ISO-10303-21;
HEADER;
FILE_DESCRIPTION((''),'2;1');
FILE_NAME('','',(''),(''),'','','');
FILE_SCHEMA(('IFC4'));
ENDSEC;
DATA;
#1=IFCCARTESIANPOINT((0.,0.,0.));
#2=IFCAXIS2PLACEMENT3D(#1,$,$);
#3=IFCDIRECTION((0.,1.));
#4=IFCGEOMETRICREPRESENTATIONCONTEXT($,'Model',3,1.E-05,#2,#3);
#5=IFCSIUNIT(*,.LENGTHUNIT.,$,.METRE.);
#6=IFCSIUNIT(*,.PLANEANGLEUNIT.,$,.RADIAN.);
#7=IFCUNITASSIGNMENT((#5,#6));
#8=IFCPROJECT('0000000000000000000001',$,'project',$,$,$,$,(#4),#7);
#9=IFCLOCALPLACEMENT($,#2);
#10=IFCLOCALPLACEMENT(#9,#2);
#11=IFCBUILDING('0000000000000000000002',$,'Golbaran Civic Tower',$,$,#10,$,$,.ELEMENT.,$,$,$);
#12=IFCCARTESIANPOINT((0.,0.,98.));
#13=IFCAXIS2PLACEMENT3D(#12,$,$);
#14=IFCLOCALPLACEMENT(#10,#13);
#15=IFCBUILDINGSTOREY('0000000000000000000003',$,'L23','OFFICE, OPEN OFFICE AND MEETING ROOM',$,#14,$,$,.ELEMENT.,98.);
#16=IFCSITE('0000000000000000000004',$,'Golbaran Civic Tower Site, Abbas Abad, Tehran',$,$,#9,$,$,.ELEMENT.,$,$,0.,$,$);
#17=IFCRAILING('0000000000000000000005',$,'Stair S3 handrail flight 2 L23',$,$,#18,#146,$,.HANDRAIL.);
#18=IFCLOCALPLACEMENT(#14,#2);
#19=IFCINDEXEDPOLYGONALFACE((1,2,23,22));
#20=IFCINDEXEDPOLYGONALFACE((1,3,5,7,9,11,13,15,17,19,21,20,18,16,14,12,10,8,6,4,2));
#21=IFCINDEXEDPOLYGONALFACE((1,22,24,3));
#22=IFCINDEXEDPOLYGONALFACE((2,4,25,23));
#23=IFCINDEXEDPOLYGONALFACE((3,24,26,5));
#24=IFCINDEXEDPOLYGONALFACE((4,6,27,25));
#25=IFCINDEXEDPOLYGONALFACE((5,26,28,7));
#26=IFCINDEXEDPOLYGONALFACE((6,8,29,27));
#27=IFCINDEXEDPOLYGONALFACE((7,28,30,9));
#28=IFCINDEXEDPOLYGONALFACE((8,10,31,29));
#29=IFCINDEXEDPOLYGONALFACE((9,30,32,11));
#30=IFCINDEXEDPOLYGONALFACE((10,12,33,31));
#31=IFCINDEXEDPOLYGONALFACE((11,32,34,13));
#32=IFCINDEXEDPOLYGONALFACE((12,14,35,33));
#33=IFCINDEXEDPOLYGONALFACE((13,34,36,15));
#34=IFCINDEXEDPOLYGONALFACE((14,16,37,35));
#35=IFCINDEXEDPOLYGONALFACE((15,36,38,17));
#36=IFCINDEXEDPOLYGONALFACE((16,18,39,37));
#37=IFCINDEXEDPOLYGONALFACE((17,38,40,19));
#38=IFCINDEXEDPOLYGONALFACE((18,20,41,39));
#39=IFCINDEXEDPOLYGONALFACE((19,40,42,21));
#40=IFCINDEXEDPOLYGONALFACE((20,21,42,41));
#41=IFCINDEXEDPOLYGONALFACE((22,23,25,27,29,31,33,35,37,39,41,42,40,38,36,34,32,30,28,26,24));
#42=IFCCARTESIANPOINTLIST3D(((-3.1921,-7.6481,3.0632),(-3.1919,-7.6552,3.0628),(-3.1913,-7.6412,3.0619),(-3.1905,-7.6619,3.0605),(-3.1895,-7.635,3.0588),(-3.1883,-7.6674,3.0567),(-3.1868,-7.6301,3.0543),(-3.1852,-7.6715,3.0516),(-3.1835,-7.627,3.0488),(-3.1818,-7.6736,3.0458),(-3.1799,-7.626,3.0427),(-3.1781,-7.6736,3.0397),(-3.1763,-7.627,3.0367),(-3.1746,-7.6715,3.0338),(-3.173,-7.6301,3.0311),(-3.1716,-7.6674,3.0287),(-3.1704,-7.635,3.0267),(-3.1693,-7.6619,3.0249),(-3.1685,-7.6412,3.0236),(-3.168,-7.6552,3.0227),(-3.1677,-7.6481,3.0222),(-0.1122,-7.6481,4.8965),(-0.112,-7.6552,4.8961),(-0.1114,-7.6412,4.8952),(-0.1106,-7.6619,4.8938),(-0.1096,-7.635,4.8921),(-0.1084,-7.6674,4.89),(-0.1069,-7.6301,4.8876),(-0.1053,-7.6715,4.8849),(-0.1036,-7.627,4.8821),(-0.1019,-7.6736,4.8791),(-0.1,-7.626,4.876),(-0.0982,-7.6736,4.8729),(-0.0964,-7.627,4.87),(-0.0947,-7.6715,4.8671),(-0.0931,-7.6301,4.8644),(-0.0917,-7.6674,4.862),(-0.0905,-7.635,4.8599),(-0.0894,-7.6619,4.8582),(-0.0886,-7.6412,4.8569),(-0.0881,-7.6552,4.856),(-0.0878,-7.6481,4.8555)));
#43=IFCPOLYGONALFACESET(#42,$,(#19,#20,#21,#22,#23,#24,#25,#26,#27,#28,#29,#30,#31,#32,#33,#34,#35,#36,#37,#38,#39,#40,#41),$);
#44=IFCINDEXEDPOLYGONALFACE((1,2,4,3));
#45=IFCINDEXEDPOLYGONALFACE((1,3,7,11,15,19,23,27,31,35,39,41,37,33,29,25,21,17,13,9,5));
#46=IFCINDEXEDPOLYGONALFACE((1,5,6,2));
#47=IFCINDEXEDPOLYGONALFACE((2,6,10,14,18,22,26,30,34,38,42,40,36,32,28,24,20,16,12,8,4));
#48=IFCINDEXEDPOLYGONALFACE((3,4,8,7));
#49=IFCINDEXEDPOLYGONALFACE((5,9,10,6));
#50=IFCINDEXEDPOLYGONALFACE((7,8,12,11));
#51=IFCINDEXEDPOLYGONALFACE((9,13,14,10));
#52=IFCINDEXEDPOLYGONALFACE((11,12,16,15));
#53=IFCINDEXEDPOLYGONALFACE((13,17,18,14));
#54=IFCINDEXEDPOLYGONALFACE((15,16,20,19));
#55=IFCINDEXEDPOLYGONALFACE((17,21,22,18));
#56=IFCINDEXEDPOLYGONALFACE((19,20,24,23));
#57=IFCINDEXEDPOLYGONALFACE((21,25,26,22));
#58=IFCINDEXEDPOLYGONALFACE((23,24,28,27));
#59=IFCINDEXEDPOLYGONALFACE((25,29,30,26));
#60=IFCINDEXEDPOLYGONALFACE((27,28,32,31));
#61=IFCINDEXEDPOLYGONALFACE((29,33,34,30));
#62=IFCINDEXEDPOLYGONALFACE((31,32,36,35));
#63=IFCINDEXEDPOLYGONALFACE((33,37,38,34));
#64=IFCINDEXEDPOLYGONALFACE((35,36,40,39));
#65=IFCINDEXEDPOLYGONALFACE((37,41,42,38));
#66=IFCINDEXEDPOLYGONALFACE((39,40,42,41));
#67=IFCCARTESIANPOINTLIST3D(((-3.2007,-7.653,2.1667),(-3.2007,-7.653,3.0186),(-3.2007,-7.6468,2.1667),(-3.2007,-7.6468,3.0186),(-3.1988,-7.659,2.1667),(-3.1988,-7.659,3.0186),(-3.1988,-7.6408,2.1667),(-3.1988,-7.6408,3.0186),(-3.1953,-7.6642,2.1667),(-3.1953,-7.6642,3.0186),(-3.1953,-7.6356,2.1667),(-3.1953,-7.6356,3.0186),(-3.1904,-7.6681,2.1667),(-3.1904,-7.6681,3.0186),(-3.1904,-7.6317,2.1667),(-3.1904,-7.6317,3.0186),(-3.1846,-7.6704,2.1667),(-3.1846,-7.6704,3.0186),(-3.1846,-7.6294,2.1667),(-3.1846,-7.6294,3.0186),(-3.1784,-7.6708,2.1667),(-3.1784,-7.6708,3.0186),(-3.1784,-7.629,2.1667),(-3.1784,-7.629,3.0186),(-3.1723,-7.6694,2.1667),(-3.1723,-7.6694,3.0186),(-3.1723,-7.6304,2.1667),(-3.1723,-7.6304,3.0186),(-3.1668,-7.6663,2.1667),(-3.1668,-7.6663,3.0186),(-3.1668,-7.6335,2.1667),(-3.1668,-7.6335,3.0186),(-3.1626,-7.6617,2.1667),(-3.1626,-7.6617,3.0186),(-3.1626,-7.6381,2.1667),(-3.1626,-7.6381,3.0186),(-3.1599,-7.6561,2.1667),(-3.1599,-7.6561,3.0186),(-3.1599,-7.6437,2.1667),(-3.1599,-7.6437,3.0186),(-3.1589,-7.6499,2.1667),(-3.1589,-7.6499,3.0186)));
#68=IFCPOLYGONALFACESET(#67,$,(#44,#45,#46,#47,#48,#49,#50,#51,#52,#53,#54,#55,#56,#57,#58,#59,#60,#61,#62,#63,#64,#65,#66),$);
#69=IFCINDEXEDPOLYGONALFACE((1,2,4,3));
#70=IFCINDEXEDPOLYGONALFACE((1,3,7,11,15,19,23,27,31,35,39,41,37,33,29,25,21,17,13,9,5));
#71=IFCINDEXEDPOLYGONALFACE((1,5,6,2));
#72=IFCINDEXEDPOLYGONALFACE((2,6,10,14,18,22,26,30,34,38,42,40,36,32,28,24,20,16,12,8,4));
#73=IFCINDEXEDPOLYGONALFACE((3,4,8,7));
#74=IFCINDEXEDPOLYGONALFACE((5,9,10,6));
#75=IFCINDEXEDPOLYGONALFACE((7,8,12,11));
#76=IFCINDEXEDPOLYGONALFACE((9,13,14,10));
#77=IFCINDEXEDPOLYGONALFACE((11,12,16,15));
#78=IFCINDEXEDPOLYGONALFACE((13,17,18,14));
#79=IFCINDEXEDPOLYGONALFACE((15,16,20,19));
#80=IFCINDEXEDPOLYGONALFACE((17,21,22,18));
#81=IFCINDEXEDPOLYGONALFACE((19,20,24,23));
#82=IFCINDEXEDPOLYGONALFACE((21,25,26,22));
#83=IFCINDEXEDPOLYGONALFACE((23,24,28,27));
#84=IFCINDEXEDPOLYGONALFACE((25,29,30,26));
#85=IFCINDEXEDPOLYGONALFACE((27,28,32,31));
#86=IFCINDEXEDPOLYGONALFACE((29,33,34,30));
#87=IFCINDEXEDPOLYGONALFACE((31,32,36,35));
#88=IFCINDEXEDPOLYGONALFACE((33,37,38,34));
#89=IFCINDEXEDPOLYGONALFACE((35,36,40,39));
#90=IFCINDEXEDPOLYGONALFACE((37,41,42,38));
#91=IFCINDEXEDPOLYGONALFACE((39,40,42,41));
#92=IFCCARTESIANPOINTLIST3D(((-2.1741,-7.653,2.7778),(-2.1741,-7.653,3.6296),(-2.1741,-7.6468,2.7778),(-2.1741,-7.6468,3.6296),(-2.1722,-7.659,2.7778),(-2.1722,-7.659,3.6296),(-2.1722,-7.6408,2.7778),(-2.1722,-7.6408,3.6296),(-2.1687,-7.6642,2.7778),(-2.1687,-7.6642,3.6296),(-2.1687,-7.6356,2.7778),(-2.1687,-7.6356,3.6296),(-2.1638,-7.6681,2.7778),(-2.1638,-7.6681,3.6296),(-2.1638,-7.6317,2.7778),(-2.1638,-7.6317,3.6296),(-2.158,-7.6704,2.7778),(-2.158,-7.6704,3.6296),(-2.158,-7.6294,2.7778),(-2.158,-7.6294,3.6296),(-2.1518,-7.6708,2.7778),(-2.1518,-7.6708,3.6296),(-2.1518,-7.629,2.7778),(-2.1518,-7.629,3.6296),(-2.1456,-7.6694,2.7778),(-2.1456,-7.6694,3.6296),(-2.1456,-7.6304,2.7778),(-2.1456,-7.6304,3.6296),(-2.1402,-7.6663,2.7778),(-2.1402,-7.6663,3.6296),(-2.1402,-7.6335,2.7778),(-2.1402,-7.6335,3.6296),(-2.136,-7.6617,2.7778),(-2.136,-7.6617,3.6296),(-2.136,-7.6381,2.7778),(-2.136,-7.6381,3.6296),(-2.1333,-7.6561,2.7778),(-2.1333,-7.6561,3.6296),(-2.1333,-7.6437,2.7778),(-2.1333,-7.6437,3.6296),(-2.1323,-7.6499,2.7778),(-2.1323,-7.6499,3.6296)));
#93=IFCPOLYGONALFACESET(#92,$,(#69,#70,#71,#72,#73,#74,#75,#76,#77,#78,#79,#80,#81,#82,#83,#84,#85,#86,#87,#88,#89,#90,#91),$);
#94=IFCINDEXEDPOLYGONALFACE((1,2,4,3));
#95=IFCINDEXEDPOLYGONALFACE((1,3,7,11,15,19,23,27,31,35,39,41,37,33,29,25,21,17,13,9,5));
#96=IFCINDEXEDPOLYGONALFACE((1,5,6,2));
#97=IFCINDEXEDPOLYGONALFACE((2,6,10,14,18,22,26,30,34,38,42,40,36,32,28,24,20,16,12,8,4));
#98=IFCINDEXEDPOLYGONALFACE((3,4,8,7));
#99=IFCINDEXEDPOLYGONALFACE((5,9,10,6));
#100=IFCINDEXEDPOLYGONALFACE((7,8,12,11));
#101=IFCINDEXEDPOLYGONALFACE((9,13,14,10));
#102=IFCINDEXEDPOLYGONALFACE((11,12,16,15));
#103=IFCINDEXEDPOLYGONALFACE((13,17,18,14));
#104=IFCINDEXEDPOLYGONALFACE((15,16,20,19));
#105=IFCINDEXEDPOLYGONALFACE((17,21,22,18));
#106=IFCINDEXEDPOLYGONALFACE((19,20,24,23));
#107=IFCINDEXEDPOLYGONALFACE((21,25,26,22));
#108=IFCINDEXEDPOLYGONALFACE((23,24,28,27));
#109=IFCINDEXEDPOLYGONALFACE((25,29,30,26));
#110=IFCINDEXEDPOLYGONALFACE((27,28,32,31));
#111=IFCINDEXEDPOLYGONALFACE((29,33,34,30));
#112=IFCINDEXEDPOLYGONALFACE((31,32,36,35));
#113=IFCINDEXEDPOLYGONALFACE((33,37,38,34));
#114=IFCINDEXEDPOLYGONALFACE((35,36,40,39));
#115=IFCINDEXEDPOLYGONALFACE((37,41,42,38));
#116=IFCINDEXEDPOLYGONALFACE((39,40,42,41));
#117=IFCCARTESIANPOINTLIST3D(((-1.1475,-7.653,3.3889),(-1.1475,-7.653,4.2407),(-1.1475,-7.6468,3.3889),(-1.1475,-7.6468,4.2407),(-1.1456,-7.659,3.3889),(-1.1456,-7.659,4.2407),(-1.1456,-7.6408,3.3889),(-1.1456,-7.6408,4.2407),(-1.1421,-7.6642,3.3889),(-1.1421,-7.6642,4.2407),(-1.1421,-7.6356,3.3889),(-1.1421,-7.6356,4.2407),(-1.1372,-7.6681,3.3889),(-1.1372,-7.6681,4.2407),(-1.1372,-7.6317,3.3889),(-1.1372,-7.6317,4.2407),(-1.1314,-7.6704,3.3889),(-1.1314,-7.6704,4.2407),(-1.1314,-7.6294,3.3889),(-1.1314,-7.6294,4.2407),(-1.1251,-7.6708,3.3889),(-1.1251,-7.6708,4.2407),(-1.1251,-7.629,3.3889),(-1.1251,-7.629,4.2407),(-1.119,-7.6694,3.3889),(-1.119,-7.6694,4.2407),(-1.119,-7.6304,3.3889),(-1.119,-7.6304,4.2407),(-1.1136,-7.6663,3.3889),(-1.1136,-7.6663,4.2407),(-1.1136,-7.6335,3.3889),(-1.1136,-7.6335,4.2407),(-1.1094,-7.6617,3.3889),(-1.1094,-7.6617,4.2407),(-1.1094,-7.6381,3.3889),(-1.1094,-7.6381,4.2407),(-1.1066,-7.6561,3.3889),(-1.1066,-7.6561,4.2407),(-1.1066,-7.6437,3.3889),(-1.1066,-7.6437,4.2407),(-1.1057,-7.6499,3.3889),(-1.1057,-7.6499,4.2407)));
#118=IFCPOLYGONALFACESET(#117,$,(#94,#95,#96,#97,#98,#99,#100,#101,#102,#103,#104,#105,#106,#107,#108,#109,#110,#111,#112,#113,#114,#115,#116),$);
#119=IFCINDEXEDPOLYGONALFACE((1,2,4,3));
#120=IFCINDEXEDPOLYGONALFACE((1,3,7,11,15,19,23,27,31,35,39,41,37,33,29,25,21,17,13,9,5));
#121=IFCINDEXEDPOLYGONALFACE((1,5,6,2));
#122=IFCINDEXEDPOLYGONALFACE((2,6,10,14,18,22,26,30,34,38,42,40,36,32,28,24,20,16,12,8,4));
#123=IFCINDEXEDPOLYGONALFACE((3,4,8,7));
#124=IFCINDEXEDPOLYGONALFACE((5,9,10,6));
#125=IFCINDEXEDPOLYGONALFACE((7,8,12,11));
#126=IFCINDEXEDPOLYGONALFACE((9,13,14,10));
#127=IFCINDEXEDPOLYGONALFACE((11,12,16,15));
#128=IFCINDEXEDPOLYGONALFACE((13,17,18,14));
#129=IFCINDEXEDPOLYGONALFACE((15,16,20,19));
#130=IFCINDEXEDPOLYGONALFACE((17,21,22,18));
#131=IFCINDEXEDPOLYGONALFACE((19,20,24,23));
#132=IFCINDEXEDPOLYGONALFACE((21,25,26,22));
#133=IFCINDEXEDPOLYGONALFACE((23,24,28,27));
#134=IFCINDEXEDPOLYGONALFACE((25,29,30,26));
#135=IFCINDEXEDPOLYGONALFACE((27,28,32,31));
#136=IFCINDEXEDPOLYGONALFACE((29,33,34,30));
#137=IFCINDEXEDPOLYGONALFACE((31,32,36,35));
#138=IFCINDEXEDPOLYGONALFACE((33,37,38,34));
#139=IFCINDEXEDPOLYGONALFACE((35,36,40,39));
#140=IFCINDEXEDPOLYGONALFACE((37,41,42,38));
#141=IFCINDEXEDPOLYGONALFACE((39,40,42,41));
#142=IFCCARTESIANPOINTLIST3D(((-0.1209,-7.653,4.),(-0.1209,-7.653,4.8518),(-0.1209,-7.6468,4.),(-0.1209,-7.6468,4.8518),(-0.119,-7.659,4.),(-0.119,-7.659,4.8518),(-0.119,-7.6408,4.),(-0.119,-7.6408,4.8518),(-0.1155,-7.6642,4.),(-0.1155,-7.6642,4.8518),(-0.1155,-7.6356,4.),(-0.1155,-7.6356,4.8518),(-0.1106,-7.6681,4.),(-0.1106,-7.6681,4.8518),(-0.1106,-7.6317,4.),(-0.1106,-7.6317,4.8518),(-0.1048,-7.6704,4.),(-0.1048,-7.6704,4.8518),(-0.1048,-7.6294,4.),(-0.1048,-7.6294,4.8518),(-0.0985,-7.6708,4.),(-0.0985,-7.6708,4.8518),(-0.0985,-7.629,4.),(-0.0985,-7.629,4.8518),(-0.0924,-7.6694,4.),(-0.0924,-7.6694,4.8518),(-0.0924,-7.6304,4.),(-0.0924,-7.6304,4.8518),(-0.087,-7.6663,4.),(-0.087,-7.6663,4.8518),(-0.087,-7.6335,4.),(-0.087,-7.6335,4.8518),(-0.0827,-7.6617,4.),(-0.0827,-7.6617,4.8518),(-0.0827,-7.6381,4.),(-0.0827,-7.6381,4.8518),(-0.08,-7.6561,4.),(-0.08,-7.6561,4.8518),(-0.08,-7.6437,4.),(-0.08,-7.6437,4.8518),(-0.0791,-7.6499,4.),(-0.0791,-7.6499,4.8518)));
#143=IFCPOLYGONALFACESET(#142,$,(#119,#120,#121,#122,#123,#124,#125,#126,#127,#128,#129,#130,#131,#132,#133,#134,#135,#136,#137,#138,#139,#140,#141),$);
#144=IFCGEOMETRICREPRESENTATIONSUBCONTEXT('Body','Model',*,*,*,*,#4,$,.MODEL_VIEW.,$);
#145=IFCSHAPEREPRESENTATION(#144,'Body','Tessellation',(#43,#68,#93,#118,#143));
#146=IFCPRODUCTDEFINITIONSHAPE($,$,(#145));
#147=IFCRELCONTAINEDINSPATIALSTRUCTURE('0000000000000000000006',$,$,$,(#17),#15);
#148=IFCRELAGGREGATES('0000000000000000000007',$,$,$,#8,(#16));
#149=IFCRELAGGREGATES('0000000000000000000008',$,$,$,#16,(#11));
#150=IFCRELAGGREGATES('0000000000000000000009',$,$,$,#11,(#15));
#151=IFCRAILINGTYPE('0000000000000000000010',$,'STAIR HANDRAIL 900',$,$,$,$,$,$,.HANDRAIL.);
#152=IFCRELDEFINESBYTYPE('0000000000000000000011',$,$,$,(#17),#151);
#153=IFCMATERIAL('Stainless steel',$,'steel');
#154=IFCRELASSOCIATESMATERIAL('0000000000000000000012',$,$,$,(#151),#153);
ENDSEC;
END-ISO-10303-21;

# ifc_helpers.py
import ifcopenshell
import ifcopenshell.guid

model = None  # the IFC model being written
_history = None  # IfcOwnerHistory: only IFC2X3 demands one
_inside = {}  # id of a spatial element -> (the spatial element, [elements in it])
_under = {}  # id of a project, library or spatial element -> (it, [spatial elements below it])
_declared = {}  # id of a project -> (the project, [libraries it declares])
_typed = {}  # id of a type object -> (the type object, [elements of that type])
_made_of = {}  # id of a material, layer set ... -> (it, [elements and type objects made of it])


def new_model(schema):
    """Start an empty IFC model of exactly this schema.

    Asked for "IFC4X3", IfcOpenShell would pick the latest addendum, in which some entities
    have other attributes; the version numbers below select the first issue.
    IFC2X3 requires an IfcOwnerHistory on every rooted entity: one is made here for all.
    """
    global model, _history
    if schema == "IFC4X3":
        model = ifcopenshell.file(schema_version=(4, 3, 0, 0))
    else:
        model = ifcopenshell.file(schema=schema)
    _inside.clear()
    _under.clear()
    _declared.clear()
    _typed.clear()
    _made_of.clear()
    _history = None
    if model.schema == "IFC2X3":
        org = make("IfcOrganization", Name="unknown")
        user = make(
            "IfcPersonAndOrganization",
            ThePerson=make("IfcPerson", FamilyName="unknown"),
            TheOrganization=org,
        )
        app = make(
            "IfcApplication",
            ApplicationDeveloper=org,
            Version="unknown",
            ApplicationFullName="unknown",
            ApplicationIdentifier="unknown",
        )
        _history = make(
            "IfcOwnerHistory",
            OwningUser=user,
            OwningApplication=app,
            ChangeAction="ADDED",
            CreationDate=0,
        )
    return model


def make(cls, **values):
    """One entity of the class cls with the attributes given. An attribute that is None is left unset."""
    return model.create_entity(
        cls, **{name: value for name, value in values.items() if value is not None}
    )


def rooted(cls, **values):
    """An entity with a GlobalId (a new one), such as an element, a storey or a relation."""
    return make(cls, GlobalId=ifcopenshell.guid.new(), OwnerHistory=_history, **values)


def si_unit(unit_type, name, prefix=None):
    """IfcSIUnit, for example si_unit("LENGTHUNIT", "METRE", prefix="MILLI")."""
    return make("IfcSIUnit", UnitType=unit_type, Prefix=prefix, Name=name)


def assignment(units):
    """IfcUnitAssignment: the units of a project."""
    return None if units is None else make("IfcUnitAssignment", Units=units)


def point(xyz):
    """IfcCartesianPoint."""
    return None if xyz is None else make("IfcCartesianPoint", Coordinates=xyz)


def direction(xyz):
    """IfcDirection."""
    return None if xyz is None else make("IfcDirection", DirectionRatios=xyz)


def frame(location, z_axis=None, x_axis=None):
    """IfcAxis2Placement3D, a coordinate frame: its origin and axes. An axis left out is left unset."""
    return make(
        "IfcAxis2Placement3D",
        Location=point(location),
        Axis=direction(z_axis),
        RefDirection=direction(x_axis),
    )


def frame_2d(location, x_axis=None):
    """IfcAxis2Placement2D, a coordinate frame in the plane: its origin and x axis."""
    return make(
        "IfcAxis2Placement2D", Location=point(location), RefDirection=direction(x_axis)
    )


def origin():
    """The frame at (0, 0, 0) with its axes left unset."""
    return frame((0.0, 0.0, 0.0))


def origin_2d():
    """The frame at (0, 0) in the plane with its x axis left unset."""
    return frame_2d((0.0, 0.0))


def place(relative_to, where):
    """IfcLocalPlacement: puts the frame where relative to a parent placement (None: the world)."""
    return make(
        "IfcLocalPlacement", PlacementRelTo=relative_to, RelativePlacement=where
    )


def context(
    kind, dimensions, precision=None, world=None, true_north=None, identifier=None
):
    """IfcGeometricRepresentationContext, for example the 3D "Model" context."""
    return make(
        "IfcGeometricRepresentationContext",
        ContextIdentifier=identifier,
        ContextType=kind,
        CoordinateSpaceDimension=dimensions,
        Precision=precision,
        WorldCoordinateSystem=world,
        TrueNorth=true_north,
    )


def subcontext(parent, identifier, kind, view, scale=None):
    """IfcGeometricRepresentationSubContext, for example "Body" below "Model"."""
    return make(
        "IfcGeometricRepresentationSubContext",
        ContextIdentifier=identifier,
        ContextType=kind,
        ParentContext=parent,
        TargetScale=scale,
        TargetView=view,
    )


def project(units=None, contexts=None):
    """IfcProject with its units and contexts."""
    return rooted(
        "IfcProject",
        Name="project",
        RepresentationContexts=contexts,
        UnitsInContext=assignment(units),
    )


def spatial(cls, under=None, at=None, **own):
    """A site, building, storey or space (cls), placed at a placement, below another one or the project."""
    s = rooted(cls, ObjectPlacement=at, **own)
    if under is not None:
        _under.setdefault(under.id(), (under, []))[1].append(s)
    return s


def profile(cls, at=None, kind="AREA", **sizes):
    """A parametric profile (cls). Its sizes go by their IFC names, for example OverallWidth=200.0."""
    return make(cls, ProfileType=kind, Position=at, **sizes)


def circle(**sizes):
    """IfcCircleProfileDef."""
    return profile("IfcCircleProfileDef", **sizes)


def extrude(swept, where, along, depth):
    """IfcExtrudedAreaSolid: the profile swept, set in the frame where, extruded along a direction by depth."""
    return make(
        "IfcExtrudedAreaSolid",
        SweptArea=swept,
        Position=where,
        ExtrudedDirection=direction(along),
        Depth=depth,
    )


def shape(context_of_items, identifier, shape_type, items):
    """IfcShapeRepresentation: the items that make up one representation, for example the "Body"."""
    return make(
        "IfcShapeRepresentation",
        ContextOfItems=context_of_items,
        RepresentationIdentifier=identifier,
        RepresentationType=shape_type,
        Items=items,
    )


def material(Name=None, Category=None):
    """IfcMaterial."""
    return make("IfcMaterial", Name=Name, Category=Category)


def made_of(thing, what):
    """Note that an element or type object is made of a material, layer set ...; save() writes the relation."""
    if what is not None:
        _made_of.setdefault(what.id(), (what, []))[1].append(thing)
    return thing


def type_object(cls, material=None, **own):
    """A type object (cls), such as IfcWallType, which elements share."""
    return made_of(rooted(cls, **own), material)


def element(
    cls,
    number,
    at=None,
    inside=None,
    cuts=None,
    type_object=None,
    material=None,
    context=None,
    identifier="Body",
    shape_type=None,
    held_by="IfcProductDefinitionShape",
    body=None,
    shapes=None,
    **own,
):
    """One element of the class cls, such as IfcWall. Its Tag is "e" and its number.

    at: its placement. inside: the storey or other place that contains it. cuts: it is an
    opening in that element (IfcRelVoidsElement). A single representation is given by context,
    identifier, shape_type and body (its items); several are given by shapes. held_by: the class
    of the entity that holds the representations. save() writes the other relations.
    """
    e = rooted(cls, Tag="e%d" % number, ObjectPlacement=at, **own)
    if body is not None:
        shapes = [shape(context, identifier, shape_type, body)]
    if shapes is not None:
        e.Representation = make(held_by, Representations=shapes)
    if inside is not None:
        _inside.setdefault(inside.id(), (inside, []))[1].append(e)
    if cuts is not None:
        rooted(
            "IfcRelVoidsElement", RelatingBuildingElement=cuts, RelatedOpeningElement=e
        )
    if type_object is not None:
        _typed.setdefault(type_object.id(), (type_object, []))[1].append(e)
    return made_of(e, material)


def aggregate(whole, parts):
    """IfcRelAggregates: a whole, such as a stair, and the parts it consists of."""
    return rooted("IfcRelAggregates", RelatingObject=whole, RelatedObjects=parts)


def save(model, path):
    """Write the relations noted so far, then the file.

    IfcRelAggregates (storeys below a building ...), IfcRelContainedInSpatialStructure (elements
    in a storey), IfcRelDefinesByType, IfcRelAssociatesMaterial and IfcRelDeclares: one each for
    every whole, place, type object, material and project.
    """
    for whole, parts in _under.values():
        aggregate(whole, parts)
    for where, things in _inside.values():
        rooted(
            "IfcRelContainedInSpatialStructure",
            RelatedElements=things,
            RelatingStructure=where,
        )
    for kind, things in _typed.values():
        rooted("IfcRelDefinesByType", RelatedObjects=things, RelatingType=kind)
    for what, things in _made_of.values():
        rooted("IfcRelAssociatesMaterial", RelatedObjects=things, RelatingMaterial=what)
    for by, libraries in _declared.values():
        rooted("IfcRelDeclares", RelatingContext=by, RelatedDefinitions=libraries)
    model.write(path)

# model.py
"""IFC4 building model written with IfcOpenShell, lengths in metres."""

from ifc_helpers import new_model, si_unit, direction, frame, origin, origin_2d, place, context, subcontext, project, spatial, circle, extrude, material, type_object, element, save


model = new_model("IFC4")

# Units and contexts
model_context = context("Model", 3, precision=1e-05, world=origin(), true_north=direction((0.0, 1.0)))
body_context = subcontext(model_context, "Body", "Model", "MODEL_VIEW")
ifc_project = project(units=[si_unit("LENGTHUNIT", "METRE"), si_unit("PLANEANGLEUNIT", "RADIAN")], contexts=[model_context])

# Site, building, storey
site_placement = place(None, origin())
site = spatial("IfcSite", under=ifc_project, at=site_placement, Name="Golbaran Civic Tower Site, Abbas Abad, Tehran", CompositionType="ELEMENT", RefElevation=0.0)
building_placement = place(site_placement, origin())
building = spatial("IfcBuilding", under=site, at=building_placement, Name="Golbaran Civic Tower", CompositionType="ELEMENT")
storey_placement = place(building_placement, frame((0.0, 0.0, 98.0)))
storey = spatial("IfcBuildingStorey", under=building, at=storey_placement, Name="L23", Description="OFFICE, OPEN OFFICE AND MEETING ROOM", CompositionType="ELEMENT", Elevation=98.0)

# Shared definitions
ifc_material_1 = material(Name="Stainless steel", Category="steel")

# Railing
railing_type = type_object("IfcRailingType", Name="STAIR HANDRAIL 900", PredefinedType="HANDRAIL", material=ifc_material_1)
railing_1_placement = place(storey_placement, frame((-3.1799, -7.6499, 2.1667)))
element("IfcRailing", 1, at=railing_1_placement, inside=storey, type_object=railing_type, Name="Stair S3 handrail flight 2 L23", PredefinedType="HANDRAIL", context=body_context, shape_type="SweptSolid", body=[
    extrude(circle(Radius=0.0239, at=origin_2d()), frame((0.0, 0.0, 0.876), z_axis=(0.859291, 0.0, 0.511487), x_axis=(0.0, 1.0, 0.0)), (0.0, 0.0, 1.0), 3.5842),
    extrude(circle(Radius=0.021, at=origin_2d()), origin(), (0.0, 0.0, 1.0), 0.8518),
    extrude(circle(Radius=0.021, at=origin_2d()), frame((1.0266, 0.0, 0.6111)), (0.0, 0.0, 1.0), 0.8518),
    extrude(circle(Radius=0.021, at=origin_2d()), frame((2.0532, 0.0, 1.2222)), (0.0, 0.0, 1.0), 0.8518),
    extrude(circle(Radius=0.021, at=origin_2d()), frame((3.0798, 0.0, 1.8333)), (0.0, 0.0, 1.0), 0.8518),
])

save(model, "model.ifc")
